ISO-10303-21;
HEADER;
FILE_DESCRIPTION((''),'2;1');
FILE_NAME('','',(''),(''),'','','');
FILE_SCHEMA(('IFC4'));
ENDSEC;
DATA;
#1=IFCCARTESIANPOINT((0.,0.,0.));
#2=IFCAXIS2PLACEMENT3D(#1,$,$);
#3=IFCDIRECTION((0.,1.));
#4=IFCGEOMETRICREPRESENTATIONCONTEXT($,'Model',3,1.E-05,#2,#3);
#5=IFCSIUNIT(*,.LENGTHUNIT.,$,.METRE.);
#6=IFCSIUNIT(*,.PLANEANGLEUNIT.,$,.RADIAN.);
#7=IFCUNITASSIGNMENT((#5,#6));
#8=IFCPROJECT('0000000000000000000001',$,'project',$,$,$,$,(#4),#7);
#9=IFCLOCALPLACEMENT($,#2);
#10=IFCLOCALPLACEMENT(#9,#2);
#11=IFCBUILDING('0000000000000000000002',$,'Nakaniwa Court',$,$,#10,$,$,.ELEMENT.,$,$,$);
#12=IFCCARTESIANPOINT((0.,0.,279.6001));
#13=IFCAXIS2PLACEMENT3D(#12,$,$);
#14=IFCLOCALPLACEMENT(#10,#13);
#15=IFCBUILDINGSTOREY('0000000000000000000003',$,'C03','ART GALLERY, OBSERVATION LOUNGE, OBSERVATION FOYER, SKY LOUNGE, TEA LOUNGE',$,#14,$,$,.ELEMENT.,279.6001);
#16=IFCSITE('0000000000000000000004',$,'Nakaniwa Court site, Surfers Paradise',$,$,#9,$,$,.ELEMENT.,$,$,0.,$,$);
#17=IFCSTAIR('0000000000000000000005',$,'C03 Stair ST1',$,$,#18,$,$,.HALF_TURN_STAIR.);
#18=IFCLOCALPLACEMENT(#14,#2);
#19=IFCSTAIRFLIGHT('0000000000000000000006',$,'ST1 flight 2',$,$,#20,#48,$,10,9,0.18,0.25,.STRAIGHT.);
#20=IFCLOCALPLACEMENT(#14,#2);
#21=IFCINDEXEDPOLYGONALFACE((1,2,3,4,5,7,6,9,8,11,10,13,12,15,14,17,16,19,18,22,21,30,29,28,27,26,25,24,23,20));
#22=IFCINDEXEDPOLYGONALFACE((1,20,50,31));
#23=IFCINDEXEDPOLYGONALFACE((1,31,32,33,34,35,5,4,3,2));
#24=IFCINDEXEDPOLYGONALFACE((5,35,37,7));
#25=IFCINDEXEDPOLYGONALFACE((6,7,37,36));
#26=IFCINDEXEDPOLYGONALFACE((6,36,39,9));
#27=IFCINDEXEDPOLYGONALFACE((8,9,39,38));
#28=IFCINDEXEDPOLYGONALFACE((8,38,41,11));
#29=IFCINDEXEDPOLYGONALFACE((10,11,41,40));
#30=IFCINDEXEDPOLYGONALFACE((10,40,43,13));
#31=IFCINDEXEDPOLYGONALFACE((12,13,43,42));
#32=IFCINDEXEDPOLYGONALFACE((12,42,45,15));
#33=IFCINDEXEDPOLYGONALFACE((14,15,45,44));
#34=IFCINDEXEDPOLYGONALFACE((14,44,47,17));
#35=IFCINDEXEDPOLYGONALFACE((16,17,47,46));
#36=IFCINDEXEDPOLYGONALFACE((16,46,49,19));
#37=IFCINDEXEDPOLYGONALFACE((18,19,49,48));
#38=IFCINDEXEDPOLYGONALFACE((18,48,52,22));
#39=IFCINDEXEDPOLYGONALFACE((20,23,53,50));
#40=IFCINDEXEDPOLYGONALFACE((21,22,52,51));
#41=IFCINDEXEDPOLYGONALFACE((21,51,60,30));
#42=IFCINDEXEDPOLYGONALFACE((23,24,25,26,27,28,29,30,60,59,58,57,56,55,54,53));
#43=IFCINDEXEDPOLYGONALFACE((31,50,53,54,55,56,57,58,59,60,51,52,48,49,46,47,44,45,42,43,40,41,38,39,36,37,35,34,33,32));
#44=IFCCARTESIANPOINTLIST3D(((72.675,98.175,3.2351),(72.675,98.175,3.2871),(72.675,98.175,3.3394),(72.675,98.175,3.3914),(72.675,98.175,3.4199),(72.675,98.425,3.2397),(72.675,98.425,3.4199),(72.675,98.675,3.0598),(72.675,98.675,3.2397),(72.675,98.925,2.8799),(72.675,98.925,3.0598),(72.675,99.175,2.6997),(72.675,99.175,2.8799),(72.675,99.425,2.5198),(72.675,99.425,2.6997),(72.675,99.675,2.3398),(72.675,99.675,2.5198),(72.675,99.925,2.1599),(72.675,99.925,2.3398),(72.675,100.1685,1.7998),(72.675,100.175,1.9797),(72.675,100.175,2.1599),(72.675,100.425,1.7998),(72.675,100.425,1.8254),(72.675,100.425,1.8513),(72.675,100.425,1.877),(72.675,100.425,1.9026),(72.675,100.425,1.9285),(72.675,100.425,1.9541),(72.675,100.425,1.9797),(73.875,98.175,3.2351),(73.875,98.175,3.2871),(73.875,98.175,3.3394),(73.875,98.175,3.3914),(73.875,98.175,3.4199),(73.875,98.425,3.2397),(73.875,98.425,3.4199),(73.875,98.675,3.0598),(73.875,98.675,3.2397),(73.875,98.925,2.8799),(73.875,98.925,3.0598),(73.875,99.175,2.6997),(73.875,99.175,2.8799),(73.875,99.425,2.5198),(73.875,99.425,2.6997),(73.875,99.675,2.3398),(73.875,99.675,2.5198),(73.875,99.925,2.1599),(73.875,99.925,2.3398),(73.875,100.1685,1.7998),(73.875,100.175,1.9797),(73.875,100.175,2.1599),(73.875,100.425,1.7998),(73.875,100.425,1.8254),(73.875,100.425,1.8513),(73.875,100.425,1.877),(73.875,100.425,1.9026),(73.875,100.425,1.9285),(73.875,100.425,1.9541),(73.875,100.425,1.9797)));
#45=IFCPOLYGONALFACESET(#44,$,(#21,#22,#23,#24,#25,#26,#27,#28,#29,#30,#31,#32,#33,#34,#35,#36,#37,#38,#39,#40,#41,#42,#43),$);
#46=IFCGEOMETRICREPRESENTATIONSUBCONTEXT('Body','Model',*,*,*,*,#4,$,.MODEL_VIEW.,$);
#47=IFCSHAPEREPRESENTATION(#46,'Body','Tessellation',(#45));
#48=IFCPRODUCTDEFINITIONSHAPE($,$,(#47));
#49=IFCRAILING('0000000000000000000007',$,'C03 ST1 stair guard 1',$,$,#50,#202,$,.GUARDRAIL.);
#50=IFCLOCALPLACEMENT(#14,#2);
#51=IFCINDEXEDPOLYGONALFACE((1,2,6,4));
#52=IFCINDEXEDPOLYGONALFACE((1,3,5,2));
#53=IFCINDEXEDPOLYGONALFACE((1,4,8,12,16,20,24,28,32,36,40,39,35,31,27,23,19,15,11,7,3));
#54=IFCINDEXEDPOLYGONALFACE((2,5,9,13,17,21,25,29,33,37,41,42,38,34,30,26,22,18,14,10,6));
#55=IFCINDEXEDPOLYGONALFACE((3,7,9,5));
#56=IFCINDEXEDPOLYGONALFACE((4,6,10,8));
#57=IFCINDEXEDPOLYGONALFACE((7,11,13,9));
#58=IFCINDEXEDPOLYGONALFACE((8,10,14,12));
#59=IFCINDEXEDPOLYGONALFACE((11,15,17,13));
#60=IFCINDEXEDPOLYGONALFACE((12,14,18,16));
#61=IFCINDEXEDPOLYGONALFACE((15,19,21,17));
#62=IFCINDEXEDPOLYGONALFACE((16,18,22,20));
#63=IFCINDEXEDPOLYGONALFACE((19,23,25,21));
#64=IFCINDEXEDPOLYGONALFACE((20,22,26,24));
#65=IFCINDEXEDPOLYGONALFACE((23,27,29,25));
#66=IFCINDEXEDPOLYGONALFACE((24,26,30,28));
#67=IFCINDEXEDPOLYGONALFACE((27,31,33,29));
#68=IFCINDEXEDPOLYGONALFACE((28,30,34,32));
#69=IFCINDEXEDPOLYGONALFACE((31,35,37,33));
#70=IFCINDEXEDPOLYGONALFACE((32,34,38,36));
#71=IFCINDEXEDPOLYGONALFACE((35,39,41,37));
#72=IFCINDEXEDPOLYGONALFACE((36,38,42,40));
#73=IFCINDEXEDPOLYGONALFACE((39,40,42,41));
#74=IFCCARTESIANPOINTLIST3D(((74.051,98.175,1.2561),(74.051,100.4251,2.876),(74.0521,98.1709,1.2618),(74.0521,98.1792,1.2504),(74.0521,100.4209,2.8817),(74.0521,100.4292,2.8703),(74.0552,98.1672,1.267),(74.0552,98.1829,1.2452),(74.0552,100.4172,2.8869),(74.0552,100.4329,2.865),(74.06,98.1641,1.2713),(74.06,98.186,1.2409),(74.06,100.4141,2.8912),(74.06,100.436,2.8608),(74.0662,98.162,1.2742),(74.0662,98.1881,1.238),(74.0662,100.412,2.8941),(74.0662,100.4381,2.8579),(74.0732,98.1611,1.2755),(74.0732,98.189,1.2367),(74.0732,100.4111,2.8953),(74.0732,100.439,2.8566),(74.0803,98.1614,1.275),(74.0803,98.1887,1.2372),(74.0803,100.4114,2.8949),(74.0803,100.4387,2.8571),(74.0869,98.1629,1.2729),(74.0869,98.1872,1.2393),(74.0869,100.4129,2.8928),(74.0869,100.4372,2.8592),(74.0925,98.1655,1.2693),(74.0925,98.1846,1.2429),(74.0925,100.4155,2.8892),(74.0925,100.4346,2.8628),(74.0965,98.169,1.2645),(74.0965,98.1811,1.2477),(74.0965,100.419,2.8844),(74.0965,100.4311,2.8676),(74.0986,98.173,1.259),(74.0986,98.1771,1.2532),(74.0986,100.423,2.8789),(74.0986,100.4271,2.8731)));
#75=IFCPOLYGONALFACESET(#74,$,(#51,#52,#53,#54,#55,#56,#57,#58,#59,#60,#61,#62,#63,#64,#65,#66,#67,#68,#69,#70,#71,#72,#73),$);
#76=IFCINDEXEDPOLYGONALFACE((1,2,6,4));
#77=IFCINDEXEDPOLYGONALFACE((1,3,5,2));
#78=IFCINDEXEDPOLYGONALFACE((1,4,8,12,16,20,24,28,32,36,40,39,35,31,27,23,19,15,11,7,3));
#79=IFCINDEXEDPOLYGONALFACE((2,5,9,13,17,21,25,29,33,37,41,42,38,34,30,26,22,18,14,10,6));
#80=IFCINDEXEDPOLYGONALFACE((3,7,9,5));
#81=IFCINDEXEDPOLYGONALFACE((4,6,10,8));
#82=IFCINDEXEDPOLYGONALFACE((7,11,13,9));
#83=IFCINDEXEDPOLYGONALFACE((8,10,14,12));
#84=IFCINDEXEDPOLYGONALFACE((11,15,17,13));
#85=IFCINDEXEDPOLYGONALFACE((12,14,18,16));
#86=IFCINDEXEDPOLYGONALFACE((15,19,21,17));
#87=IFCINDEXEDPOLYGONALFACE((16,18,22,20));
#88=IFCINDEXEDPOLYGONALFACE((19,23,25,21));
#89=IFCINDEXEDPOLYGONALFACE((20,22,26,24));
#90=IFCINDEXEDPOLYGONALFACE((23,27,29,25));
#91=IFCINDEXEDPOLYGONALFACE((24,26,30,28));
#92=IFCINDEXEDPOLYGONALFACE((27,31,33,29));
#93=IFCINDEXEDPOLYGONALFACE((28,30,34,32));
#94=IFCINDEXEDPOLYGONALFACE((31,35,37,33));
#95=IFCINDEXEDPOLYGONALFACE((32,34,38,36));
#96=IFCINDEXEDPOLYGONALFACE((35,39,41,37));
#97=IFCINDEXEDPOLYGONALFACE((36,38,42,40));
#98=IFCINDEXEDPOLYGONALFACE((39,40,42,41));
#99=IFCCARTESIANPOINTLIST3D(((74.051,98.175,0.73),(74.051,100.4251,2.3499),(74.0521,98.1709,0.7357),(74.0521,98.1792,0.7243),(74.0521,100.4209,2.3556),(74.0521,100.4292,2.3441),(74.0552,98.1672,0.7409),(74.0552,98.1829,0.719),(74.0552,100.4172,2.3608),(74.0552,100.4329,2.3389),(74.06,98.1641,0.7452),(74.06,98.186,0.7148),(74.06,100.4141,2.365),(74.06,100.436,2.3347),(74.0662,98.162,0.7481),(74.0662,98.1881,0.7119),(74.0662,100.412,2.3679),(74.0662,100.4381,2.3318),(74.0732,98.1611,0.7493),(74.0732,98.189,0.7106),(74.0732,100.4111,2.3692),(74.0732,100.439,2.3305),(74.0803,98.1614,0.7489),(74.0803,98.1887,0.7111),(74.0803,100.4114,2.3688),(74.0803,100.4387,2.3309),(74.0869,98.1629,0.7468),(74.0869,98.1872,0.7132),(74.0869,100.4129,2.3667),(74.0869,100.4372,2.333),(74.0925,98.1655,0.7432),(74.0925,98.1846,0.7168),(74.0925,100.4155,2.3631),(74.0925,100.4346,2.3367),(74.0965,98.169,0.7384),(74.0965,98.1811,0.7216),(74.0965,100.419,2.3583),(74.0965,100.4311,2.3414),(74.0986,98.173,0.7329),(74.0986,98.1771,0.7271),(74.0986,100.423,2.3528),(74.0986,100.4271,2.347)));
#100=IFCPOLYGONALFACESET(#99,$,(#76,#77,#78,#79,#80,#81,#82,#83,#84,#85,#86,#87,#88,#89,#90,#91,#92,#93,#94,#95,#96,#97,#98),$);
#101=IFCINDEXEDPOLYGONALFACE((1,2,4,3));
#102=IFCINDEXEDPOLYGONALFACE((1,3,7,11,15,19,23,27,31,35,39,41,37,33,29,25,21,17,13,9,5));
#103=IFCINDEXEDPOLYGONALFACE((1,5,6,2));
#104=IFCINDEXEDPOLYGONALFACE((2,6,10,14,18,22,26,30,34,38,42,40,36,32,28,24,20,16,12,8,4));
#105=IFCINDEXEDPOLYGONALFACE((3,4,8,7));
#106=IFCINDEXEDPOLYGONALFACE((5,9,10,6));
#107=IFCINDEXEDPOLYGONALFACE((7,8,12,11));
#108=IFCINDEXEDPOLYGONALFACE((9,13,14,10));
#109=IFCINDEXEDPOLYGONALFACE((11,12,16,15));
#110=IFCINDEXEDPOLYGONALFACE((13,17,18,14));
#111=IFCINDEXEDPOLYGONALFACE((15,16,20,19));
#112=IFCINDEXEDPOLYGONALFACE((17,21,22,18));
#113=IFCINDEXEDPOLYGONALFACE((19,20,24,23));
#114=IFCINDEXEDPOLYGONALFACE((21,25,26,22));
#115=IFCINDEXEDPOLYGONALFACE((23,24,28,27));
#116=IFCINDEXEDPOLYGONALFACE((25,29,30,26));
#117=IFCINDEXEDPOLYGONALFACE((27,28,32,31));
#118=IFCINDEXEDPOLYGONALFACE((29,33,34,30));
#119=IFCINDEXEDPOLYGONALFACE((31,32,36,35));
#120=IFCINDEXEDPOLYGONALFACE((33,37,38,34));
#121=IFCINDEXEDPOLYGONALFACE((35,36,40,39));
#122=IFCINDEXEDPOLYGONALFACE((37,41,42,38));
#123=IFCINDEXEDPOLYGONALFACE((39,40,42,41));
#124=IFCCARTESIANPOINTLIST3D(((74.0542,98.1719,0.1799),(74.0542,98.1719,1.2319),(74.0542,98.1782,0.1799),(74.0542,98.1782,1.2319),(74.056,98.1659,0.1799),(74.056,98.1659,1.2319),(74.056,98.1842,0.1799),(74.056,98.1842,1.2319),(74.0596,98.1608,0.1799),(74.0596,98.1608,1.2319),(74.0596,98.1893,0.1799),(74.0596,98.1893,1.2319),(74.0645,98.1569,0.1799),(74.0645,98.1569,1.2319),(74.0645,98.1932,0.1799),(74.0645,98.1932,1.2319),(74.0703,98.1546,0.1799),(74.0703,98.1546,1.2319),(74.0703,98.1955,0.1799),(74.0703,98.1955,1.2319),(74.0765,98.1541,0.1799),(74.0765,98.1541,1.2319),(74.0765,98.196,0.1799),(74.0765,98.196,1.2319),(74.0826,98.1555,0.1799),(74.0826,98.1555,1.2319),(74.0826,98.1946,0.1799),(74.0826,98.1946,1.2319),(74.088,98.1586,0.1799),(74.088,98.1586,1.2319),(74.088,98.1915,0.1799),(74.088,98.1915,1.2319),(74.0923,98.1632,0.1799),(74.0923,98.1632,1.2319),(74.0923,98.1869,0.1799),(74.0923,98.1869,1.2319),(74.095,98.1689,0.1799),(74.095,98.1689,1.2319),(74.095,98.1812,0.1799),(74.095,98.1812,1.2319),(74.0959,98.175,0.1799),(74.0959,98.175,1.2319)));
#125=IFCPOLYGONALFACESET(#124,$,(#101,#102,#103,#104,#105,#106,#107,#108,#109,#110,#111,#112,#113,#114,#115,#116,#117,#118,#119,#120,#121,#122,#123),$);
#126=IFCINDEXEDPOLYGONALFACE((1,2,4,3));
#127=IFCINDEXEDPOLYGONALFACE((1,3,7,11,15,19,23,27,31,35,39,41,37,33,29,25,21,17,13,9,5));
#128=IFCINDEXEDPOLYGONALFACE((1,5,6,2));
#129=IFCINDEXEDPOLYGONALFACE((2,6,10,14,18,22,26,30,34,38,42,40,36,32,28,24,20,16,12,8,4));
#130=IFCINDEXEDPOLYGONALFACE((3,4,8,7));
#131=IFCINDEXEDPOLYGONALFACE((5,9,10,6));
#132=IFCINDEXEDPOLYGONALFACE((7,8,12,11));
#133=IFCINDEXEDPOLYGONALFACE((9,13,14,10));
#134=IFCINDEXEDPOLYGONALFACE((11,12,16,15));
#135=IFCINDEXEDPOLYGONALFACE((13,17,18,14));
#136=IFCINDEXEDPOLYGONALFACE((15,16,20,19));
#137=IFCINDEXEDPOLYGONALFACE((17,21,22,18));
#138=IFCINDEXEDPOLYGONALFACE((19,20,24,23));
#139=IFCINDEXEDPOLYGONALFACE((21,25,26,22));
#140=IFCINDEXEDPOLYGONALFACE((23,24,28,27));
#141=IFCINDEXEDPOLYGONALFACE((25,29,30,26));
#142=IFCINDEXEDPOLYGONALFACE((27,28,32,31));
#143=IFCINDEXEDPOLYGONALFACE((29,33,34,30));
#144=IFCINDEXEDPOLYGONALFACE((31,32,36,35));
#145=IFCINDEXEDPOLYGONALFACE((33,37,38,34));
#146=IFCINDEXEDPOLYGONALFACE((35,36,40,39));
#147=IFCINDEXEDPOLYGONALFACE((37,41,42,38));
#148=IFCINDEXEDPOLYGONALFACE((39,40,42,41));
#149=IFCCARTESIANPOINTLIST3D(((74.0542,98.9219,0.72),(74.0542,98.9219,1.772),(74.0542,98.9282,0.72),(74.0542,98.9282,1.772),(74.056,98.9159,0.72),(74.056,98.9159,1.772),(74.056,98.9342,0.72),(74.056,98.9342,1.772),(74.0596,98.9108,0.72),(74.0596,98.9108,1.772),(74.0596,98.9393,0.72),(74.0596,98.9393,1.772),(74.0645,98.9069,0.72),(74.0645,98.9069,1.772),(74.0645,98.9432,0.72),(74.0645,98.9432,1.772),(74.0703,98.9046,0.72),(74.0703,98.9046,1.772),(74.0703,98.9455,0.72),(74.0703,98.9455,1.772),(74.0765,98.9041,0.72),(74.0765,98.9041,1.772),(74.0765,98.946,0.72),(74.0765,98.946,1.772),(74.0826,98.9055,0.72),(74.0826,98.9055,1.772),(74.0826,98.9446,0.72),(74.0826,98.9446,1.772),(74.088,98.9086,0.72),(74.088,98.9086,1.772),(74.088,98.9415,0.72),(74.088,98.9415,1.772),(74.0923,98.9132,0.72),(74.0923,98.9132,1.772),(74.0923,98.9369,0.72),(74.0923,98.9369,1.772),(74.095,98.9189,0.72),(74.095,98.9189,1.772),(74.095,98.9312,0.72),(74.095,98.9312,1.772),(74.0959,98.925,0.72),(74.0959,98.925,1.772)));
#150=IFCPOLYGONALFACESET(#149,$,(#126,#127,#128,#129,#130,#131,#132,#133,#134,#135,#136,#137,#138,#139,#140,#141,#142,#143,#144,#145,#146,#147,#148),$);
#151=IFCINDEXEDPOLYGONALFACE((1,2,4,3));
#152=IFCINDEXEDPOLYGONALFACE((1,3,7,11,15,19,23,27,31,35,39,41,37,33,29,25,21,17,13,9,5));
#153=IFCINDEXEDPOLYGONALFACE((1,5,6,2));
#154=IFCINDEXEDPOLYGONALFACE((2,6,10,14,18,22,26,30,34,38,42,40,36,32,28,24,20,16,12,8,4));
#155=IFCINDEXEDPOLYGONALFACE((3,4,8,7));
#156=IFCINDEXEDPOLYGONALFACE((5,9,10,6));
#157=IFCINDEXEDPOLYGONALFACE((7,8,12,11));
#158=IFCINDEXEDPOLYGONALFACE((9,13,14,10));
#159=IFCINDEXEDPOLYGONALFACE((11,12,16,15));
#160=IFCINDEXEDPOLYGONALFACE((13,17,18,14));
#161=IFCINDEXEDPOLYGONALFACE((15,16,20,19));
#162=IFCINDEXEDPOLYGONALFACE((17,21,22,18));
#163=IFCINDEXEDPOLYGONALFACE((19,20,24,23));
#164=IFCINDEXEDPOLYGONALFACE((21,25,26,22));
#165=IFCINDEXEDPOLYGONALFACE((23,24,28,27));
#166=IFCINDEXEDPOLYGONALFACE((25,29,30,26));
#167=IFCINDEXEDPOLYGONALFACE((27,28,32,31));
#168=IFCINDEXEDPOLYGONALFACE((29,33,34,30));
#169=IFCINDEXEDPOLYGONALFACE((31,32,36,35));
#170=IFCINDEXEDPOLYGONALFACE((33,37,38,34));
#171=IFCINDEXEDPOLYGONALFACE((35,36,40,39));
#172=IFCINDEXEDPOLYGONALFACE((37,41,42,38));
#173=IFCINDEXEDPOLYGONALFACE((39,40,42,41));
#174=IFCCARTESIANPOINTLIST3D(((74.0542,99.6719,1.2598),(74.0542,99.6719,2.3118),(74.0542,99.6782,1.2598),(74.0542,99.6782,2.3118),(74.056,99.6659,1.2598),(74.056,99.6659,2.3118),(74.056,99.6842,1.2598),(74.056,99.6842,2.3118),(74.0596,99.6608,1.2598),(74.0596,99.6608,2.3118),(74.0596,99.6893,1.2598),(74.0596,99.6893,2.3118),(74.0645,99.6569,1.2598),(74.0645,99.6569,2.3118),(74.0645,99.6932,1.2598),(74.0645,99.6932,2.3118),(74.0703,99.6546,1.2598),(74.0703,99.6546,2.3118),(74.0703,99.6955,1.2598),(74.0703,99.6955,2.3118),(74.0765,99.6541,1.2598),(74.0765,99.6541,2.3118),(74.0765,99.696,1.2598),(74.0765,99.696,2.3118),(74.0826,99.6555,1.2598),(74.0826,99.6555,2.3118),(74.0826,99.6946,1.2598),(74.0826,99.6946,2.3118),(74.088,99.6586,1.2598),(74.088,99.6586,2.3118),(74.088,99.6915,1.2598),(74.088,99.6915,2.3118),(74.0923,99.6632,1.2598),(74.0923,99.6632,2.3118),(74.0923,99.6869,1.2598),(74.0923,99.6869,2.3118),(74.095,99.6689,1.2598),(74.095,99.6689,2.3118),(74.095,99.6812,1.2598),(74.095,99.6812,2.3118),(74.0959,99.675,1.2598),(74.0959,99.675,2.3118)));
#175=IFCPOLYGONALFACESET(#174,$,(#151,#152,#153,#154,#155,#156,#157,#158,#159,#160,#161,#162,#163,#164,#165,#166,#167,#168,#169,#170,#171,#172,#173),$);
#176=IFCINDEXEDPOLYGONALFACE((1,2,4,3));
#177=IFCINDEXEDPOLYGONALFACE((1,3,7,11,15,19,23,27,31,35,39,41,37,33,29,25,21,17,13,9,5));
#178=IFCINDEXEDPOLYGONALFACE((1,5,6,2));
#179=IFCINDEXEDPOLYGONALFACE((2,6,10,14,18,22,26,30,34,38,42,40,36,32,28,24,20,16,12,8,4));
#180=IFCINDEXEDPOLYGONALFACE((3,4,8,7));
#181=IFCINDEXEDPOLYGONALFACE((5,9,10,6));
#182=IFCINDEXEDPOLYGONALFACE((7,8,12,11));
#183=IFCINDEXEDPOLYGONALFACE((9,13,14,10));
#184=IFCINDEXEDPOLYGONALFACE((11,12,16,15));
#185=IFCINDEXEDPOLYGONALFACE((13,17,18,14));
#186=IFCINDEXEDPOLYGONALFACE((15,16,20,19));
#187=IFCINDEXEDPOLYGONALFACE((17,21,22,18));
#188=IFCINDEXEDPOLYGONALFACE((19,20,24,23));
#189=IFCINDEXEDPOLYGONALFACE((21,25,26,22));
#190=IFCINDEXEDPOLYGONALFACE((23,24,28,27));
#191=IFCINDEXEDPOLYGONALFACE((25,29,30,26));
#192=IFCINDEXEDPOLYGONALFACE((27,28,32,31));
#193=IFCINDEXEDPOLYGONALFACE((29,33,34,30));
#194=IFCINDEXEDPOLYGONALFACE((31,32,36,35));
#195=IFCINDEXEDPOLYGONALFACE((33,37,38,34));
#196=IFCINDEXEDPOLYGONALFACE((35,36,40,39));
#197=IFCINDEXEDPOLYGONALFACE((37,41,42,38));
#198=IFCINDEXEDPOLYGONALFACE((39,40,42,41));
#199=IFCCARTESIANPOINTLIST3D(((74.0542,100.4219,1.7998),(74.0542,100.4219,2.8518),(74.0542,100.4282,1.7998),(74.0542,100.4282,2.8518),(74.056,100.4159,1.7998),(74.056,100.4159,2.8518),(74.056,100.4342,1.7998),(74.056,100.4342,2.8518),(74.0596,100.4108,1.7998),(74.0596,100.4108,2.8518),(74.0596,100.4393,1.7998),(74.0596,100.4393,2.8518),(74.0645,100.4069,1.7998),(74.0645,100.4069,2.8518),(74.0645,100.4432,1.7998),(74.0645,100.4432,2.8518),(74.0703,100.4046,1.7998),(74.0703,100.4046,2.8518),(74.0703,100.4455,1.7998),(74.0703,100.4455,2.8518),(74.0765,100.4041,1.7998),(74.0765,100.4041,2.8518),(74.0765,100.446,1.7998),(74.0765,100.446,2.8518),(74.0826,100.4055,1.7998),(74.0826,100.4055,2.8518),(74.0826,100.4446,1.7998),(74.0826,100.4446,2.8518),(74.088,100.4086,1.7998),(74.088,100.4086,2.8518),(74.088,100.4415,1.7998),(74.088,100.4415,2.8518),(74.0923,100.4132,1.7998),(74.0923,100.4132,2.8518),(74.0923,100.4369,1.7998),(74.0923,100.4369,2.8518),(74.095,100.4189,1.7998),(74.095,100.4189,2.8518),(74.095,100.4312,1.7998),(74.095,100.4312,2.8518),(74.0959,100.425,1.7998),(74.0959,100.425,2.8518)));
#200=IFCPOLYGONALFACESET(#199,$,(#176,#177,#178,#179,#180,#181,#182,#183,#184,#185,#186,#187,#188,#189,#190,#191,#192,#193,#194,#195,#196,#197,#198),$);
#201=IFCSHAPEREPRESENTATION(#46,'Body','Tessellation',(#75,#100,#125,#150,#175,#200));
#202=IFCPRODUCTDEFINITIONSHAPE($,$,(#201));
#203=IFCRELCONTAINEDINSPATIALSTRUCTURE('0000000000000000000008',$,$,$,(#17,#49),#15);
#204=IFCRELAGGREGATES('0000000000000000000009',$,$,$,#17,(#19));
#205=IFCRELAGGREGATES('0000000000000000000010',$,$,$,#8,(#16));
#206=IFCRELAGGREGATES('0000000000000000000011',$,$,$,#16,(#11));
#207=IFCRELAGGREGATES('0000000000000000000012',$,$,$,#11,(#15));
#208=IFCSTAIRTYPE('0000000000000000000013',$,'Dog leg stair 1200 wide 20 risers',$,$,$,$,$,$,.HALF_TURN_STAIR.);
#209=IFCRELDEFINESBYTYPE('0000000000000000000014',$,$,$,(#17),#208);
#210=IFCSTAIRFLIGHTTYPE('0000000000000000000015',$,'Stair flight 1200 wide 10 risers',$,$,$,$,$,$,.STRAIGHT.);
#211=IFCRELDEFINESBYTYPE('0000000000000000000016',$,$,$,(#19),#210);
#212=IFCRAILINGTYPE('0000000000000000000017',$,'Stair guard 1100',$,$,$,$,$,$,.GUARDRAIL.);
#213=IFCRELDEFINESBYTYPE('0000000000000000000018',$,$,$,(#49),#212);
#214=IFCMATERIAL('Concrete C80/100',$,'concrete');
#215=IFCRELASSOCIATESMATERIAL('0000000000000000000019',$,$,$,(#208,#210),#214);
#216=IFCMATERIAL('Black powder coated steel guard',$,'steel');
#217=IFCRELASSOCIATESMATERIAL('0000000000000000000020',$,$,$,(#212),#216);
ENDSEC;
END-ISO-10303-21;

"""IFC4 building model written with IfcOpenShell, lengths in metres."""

from ifc_helpers import new_model, si_unit, direction, frame, origin, origin_2d, place, context, subcontext, project, spatial, polyline, circle, outline, extrude, material, type_object, element, aggregate, save


model = new_model("IFC4")

# Units and contexts
model_context = context("Model", 3, precision=1e-05, world=origin(), true_north=direction((0.0, 1.0)))
body_context = subcontext(model_context, "Body", "Model", "MODEL_VIEW")
ifc_project = project(units=[si_unit("LENGTHUNIT", "METRE"), si_unit("PLANEANGLEUNIT", "RADIAN")], contexts=[model_context])

# Site, building, storey
site_placement = place(None, origin())
site = spatial("IfcSite", under=ifc_project, at=site_placement, Name="Nakaniwa Court site, Surfers Paradise", CompositionType="ELEMENT", RefElevation=0.0)
building_placement = place(site_placement, origin())
building = spatial("IfcBuilding", under=site, at=building_placement, Name="Nakaniwa Court", CompositionType="ELEMENT")
storey_placement = place(building_placement, frame((0.0, 0.0, 279.6001)))
storey = spatial("IfcBuildingStorey", under=building, at=storey_placement, Name="C03", Description="ART GALLERY, OBSERVATION LOUNGE, OBSERVATION FOYER, SKY LOUNGE, TEA LOUNGE", CompositionType="ELEMENT", Elevation=279.6001)

# Shared definitions
ifc_material_1 = material(Name="Concrete C80/100", Category="concrete")

# Stair, stair flight
stair_type = type_object("IfcStairType", Name="Dog leg stair 1200 wide 20 risers", PredefinedType="HALF_TURN_STAIR", material=ifc_material_1)
stair_placement = place(storey_placement, origin())
stair = element("IfcStair", 1, at=stair_placement, inside=storey, type_object=stair_type, Name="C03 Stair ST1", PredefinedType="HALF_TURN_STAIR")
stair_flight_type = type_object("IfcStairFlightType", Name="Stair flight 1200 wide 10 risers", PredefinedType="STRAIGHT", material=ifc_material_1)
stair_flight_1_placement = place(storey_placement, frame((73.2749, 100.425, 1.7998), z_axis=(0.0, 0.0, 1.0), x_axis=(0.0, -1.0, 0.0)))
stair_flight_1 = element("IfcStairFlight", 2, at=stair_flight_1_placement, type_object=stair_flight_type, Name="ST1 flight 2", NumberOfRisers=10, NumberOfTreads=9, PredefinedType="STRAIGHT", RiserHeight=0.18, TreadLength=0.25, context=body_context, shape_type="SweptSolid", body=[
    extrude(outline(polyline([(0.0, 0.0), (0.0, 0.0256), (0.0, 0.0515), (0.0, 0.0771), (0.0, 0.1028), (0.0, 0.1287), (0.0, 0.1543), (0.0, 0.1799), (0.25, 0.1799), (0.25, 0.3601), (0.5, 0.3601), (0.5, 0.54), (0.75, 0.54), (0.75, 0.72), (1.0, 0.72), (1.0, 0.8999), (1.25, 0.8999), (1.25, 1.0801), (1.5, 1.0801), (1.5, 1.26), (1.75, 1.26), (1.75, 1.4399), (2.0, 1.4399), (2.0, 1.6201), (2.25, 1.6201), (2.25, 1.8), (2.25, 1.7478), (2.25, 1.6958), (2.25, 1.6438), (2.25, 1.5916), (2.25, 1.5396), (2.25, 1.4873), (2.25, 1.4353), (0.2566, 0.0), (0.0, 0.0)])), frame((0.0, 0.6001, 0.0), z_axis=(0.0, -1.0, 0.0), x_axis=(1.0, 0.0, 0.0)), (0.0, 0.0, 1.0), 1.2),
])
aggregate(stair, [stair_flight_1])

# Railing
ifc_material_2 = material(Name="Black powder coated steel guard", Category="steel")
railing_type_1 = type_object("IfcRailingType", Name="Stair guard 1100", PredefinedType="GUARDRAIL", material=ifc_material_2)
railing_1_placement = place(storey_placement, frame((74.075, 98.175, 0.1799)))
element("IfcRailing", 3, at=railing_1_placement, inside=storey, type_object=railing_type_1, Name="C03 ST1 stair guard 1", PredefinedType="GUARDRAIL", context=body_context, shape_type="SweptSolid", body=[
    extrude(circle(Radius=0.0239, at=origin_2d()), frame((0.0, 0.0, 1.0762), z_axis=(0.0, 0.811556, 0.584275), x_axis=(-1.0, 0.0, 0.0)), (0.0, 0.0, 1.0), 2.7725),
    extrude(circle(Radius=0.0239, at=origin_2d()), frame((0.0, 0.0, 0.55), z_axis=(0.0, 0.811556, 0.584275), x_axis=(-1.0, 0.0, 0.0)), (0.0, 0.0, 1.0), 2.7725),
    extrude(circle(Radius=0.021, at=origin_2d()), origin(), (0.0, 0.0, 1.0), 1.052),
    extrude(circle(Radius=0.021, at=origin_2d()), frame((0.0, 0.75, 0.54)), (0.0, 0.0, 1.0), 1.052),
    extrude(circle(Radius=0.021, at=origin_2d()), frame((0.0, 1.5, 1.0798)), (0.0, 0.0, 1.0), 1.052),
    extrude(circle(Radius=0.021, at=origin_2d()), frame((0.0, 2.25, 1.6199)), (0.0, 0.0, 1.0), 1.052),
])

save(model, "model.ifc")
